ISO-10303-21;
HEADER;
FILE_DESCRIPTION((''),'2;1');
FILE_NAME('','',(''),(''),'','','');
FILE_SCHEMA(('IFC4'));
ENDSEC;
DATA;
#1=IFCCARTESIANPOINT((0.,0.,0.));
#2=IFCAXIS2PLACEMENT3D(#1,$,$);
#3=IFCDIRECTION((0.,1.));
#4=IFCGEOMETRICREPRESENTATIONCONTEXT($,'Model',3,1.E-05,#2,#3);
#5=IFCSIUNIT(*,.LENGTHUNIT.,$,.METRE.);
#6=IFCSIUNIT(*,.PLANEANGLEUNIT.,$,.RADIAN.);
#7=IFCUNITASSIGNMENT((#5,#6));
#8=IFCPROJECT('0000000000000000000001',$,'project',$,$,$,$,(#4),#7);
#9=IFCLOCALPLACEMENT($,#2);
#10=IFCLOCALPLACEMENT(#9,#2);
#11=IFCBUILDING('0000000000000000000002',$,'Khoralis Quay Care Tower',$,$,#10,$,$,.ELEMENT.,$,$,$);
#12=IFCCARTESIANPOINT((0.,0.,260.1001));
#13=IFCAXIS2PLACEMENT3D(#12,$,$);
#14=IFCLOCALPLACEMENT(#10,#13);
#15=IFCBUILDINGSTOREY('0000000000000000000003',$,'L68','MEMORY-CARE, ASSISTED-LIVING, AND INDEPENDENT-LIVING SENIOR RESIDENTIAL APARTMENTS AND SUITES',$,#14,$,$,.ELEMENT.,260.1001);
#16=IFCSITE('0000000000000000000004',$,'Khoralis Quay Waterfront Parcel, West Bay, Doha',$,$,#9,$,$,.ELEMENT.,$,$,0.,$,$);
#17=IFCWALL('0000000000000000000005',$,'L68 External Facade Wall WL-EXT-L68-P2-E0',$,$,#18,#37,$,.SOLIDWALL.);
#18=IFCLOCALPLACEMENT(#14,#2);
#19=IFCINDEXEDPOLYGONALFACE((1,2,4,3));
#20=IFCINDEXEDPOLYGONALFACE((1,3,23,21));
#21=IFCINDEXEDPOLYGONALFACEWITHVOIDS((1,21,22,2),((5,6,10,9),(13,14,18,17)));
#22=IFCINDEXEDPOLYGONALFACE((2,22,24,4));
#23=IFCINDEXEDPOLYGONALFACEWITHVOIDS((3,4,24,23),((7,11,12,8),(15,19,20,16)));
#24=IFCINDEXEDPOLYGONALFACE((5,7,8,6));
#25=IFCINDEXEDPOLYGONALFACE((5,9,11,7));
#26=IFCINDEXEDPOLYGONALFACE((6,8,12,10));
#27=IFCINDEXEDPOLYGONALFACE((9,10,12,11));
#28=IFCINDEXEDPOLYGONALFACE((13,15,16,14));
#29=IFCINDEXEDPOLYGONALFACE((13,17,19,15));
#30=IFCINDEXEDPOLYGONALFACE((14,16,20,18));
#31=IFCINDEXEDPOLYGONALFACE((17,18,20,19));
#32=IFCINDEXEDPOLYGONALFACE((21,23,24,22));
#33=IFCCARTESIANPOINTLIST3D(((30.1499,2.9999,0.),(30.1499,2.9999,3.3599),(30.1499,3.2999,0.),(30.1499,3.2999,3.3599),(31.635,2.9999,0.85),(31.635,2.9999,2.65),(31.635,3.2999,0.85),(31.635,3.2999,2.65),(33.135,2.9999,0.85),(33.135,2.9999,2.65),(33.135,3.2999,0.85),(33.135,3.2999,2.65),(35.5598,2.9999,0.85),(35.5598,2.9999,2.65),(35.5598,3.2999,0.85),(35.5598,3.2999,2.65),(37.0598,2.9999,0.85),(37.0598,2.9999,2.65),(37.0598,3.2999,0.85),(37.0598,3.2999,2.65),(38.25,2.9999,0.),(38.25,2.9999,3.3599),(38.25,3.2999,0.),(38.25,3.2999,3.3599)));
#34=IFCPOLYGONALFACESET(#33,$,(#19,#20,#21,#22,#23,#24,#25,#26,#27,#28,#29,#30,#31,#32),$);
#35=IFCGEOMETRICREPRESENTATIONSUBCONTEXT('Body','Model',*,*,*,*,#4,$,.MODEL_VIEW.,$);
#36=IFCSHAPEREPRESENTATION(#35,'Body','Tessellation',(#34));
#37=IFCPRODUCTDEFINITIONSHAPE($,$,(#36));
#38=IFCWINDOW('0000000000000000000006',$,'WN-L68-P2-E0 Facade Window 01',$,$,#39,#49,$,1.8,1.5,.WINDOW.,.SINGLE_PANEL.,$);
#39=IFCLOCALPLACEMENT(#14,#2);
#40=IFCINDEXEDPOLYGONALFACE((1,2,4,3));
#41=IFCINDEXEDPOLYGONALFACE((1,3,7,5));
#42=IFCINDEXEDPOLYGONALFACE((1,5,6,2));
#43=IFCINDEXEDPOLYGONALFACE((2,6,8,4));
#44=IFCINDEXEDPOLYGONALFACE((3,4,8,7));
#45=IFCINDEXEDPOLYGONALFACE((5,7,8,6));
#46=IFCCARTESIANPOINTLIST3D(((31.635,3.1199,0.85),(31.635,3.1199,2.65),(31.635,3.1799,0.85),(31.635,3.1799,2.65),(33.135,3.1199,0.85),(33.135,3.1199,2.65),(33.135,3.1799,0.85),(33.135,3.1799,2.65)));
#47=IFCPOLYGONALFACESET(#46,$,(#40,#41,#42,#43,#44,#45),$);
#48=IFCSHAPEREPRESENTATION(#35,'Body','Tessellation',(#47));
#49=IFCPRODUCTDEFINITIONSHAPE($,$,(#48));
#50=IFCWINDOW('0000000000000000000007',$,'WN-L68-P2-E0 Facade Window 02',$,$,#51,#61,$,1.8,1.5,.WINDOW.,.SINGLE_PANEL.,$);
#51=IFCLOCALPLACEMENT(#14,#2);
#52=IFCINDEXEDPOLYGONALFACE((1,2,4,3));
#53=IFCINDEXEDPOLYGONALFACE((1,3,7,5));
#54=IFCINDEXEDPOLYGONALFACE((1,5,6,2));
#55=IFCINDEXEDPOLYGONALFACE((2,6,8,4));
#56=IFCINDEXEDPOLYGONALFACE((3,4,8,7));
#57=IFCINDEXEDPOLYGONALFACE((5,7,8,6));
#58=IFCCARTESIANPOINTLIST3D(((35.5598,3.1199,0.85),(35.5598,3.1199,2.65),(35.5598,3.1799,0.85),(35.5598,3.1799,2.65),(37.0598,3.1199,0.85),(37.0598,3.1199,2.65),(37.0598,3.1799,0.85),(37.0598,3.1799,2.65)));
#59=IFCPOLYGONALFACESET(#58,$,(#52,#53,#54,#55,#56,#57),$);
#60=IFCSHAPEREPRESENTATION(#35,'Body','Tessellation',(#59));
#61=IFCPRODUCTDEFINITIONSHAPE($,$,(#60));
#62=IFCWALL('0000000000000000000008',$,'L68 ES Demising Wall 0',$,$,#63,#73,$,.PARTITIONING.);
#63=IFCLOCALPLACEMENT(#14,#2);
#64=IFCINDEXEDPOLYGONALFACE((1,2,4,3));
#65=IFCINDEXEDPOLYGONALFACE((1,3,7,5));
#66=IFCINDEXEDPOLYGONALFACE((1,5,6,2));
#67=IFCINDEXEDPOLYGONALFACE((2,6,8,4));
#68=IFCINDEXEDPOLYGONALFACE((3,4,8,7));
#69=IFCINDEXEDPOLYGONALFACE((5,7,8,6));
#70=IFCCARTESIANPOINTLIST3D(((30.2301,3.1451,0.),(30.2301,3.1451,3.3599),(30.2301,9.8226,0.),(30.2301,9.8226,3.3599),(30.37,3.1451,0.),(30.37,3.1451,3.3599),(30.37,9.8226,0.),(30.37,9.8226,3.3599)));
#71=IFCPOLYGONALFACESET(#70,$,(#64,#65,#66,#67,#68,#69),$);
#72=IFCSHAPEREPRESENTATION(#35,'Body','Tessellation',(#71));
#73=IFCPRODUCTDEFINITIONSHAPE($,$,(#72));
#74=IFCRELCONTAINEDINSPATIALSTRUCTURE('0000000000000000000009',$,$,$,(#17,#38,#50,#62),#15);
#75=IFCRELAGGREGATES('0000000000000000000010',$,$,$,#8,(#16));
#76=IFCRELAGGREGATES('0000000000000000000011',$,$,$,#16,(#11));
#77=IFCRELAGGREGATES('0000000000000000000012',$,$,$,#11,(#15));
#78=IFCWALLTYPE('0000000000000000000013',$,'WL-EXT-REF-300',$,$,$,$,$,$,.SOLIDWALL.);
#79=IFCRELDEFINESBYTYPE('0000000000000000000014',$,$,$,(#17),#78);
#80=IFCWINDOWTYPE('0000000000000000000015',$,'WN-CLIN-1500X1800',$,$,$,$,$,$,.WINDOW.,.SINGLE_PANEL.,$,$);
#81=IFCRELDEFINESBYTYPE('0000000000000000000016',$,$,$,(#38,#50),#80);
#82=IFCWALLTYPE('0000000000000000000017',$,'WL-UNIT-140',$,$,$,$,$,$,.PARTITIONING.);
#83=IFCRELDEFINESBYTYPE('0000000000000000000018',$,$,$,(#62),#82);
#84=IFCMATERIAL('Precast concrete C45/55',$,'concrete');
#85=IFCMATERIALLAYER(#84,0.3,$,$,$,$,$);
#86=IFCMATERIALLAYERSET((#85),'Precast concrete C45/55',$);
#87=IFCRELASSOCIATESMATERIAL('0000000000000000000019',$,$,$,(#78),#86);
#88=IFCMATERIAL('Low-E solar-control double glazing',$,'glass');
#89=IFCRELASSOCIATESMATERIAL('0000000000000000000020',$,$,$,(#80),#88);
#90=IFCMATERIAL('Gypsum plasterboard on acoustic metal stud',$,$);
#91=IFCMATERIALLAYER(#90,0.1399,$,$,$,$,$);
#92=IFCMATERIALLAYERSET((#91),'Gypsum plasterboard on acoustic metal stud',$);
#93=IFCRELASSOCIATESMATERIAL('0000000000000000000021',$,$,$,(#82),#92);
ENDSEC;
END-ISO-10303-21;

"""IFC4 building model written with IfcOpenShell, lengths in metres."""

from ifc_helpers import new_model, si_unit, direction, frame, frame_2d, origin, place, context, subcontext, project, spatial, rectangle, extrude, source, transform, mapped, material, layer, layer_set, type_object, element, fill, save


model = new_model("IFC4")

# Units and contexts
model_context = context("Model", 3, precision=1e-05, world=origin(), true_north=direction((0.0, 1.0)))
body_context = subcontext(model_context, "Body", "Model", "MODEL_VIEW")
ifc_project = project(units=[si_unit("LENGTHUNIT", "METRE"), si_unit("PLANEANGLEUNIT", "RADIAN")], contexts=[model_context])

# Site, building, storey
site_placement = place(None, origin())
site = spatial("IfcSite", under=ifc_project, at=site_placement, Name="Khoralis Quay Waterfront Parcel, West Bay, Doha", CompositionType="ELEMENT", RefElevation=0.0)
building_placement = place(site_placement, origin())
building = spatial("IfcBuilding", under=site, at=building_placement, Name="Khoralis Quay Care Tower", CompositionType="ELEMENT")
storey_placement = place(building_placement, frame((0.0, 0.0, 260.1001)))
storey = spatial("IfcBuildingStorey", under=building, at=storey_placement, Name="L68", Description="MEMORY-CARE, ASSISTED-LIVING, AND INDEPENDENT-LIVING SENIOR RESIDENTIAL APARTMENTS AND SUITES", CompositionType="ELEMENT", Elevation=260.1001)

# Shared definitions
ifc_material_1 = material(Name="Low-E solar-control double glazing", Category="glass")

# Shared definitions
ifc_material_2 = material(Name="Gypsum plasterboard on acoustic metal stud")

# Wall, openings, windows
ifc_material_3 = material(Name="Precast concrete C45/55", Category="concrete")
ifc_layer_1 = layer(ifc_material_3, 0.3)
ifc_layer_set_1 = layer_set([ifc_layer_1], Name="Precast concrete C45/55")
wall_type_1 = type_object("IfcWallType", Name="WL-EXT-REF-300", PredefinedType="SOLIDWALL", material=ifc_layer_set_1)
wall_1_placement = place(storey_placement, frame((30.1499, 3.1499, 0.0), z_axis=(0.0, 0.0, 1.0), x_axis=(1.0, 0.0, 0.0)))
wall_1 = element("IfcWall", 1, at=wall_1_placement, inside=storey, type_object=wall_type_1, Name="L68 External Facade Wall WL-EXT-L68-P2-E0", PredefinedType="SOLIDWALL", context=body_context, shape_type="SweptSolid", body=[
    extrude(rectangle(XDim=8.1001, YDim=0.3, at=frame_2d((4.05, 0.0))), origin(), (0.0, 0.0, 1.0), 3.3599),
])
opening_1_placement = place(wall_1_placement, frame((1.4851, 0.0, 0.8501)))
opening_1 = element("IfcOpeningElement", 2, at=opening_1_placement, cuts=wall_1, PredefinedType="OPENING", context=body_context, shape_type="SweptSolid", body=[
    extrude(rectangle(XDim=1.5, YDim=1.8, at=frame_2d((0.75, 0.8999))), frame((0.0, 0.1602, 0.0), z_axis=(0.0, -1.0, 0.0), x_axis=(1.0, 0.0, 0.0)), (0.0, 0.0, 1.0), 0.3201),
])
opening_2_placement = place(wall_1_placement, frame((5.4099, 0.0, 0.8501)))
opening_2 = element("IfcOpeningElement", 3, at=opening_2_placement, cuts=wall_1, PredefinedType="OPENING", context=body_context, shape_type="SweptSolid", body=[
    extrude(rectangle(XDim=1.5, YDim=1.8, at=frame_2d((0.75, 0.8999))), frame((0.0, 0.1602, 0.0), z_axis=(0.0, -1.0, 0.0), x_axis=(1.0, 0.0, 0.0)), (0.0, 0.0, 1.0), 0.3201),
])
window_type = type_object("IfcWindowType", Name="WN-CLIN-1500X1800", PartitioningType="SINGLE_PANEL", PredefinedType="WINDOW", material=ifc_material_1)
shared_shape_1 = source(origin(), body_context, "Body", "SweptSolid", [
    extrude(rectangle(XDim=1.5, YDim=1.8, at=frame_2d((0.75, 0.8999))), frame((0.0, 0.03, 0.0), z_axis=(0.0, -1.0, 0.0), x_axis=(1.0, 0.0, 0.0)), (0.0, 0.0, 1.0), 0.0601),
])
window_1_placement = place(opening_1_placement, origin())
window_1 = element("IfcWindow", 4, at=window_1_placement, inside=storey, type_object=window_type, Name="WN-L68-P2-E0 Facade Window 01", OverallHeight=1.8, OverallWidth=1.5, PartitioningType="SINGLE_PANEL", PredefinedType="WINDOW", context=body_context, shape_type="MappedRepresentation", body=[
    mapped(shared_shape_1, transform((0.0, 0.0, 0.0), scale=1.0)),
])
fill(opening_1, window_1)
window_2_placement = place(opening_2_placement, origin())
window_2 = element("IfcWindow", 5, at=window_2_placement, inside=storey, type_object=window_type, Name="WN-L68-P2-E0 Facade Window 02", OverallHeight=1.8, OverallWidth=1.5, PartitioningType="SINGLE_PANEL", PredefinedType="WINDOW", context=body_context, shape_type="MappedRepresentation", body=[
    mapped(shared_shape_1, transform((0.0, 0.0, 0.0), scale=1.0)),
])
fill(opening_2, window_2)

# Wall
ifc_layer_2 = layer(ifc_material_2, 0.1399)
ifc_layer_set_2 = layer_set([ifc_layer_2], Name="Gypsum plasterboard on acoustic metal stud")
wall_type_2 = type_object("IfcWallType", Name="WL-UNIT-140", PredefinedType="PARTITIONING", material=ifc_layer_set_2)
wall_2_placement = place(storey_placement, frame((30.3, 3.145, 0.0), z_axis=(0.0, 0.0, 1.0), x_axis=(0.0, 1.0, 0.0)))
element("IfcWall", 6, at=wall_2_placement, inside=storey, type_object=wall_type_2, Name="L68 ES Demising Wall 0", PredefinedType="PARTITIONING", context=body_context, shape_type="SweptSolid", body=[
    extrude(rectangle(XDim=6.6775, YDim=0.1399, at=frame_2d((3.3389, 0.0))), origin(), (0.0, 0.0, 1.0), 3.3599),
])

save(model, "model.ifc")
